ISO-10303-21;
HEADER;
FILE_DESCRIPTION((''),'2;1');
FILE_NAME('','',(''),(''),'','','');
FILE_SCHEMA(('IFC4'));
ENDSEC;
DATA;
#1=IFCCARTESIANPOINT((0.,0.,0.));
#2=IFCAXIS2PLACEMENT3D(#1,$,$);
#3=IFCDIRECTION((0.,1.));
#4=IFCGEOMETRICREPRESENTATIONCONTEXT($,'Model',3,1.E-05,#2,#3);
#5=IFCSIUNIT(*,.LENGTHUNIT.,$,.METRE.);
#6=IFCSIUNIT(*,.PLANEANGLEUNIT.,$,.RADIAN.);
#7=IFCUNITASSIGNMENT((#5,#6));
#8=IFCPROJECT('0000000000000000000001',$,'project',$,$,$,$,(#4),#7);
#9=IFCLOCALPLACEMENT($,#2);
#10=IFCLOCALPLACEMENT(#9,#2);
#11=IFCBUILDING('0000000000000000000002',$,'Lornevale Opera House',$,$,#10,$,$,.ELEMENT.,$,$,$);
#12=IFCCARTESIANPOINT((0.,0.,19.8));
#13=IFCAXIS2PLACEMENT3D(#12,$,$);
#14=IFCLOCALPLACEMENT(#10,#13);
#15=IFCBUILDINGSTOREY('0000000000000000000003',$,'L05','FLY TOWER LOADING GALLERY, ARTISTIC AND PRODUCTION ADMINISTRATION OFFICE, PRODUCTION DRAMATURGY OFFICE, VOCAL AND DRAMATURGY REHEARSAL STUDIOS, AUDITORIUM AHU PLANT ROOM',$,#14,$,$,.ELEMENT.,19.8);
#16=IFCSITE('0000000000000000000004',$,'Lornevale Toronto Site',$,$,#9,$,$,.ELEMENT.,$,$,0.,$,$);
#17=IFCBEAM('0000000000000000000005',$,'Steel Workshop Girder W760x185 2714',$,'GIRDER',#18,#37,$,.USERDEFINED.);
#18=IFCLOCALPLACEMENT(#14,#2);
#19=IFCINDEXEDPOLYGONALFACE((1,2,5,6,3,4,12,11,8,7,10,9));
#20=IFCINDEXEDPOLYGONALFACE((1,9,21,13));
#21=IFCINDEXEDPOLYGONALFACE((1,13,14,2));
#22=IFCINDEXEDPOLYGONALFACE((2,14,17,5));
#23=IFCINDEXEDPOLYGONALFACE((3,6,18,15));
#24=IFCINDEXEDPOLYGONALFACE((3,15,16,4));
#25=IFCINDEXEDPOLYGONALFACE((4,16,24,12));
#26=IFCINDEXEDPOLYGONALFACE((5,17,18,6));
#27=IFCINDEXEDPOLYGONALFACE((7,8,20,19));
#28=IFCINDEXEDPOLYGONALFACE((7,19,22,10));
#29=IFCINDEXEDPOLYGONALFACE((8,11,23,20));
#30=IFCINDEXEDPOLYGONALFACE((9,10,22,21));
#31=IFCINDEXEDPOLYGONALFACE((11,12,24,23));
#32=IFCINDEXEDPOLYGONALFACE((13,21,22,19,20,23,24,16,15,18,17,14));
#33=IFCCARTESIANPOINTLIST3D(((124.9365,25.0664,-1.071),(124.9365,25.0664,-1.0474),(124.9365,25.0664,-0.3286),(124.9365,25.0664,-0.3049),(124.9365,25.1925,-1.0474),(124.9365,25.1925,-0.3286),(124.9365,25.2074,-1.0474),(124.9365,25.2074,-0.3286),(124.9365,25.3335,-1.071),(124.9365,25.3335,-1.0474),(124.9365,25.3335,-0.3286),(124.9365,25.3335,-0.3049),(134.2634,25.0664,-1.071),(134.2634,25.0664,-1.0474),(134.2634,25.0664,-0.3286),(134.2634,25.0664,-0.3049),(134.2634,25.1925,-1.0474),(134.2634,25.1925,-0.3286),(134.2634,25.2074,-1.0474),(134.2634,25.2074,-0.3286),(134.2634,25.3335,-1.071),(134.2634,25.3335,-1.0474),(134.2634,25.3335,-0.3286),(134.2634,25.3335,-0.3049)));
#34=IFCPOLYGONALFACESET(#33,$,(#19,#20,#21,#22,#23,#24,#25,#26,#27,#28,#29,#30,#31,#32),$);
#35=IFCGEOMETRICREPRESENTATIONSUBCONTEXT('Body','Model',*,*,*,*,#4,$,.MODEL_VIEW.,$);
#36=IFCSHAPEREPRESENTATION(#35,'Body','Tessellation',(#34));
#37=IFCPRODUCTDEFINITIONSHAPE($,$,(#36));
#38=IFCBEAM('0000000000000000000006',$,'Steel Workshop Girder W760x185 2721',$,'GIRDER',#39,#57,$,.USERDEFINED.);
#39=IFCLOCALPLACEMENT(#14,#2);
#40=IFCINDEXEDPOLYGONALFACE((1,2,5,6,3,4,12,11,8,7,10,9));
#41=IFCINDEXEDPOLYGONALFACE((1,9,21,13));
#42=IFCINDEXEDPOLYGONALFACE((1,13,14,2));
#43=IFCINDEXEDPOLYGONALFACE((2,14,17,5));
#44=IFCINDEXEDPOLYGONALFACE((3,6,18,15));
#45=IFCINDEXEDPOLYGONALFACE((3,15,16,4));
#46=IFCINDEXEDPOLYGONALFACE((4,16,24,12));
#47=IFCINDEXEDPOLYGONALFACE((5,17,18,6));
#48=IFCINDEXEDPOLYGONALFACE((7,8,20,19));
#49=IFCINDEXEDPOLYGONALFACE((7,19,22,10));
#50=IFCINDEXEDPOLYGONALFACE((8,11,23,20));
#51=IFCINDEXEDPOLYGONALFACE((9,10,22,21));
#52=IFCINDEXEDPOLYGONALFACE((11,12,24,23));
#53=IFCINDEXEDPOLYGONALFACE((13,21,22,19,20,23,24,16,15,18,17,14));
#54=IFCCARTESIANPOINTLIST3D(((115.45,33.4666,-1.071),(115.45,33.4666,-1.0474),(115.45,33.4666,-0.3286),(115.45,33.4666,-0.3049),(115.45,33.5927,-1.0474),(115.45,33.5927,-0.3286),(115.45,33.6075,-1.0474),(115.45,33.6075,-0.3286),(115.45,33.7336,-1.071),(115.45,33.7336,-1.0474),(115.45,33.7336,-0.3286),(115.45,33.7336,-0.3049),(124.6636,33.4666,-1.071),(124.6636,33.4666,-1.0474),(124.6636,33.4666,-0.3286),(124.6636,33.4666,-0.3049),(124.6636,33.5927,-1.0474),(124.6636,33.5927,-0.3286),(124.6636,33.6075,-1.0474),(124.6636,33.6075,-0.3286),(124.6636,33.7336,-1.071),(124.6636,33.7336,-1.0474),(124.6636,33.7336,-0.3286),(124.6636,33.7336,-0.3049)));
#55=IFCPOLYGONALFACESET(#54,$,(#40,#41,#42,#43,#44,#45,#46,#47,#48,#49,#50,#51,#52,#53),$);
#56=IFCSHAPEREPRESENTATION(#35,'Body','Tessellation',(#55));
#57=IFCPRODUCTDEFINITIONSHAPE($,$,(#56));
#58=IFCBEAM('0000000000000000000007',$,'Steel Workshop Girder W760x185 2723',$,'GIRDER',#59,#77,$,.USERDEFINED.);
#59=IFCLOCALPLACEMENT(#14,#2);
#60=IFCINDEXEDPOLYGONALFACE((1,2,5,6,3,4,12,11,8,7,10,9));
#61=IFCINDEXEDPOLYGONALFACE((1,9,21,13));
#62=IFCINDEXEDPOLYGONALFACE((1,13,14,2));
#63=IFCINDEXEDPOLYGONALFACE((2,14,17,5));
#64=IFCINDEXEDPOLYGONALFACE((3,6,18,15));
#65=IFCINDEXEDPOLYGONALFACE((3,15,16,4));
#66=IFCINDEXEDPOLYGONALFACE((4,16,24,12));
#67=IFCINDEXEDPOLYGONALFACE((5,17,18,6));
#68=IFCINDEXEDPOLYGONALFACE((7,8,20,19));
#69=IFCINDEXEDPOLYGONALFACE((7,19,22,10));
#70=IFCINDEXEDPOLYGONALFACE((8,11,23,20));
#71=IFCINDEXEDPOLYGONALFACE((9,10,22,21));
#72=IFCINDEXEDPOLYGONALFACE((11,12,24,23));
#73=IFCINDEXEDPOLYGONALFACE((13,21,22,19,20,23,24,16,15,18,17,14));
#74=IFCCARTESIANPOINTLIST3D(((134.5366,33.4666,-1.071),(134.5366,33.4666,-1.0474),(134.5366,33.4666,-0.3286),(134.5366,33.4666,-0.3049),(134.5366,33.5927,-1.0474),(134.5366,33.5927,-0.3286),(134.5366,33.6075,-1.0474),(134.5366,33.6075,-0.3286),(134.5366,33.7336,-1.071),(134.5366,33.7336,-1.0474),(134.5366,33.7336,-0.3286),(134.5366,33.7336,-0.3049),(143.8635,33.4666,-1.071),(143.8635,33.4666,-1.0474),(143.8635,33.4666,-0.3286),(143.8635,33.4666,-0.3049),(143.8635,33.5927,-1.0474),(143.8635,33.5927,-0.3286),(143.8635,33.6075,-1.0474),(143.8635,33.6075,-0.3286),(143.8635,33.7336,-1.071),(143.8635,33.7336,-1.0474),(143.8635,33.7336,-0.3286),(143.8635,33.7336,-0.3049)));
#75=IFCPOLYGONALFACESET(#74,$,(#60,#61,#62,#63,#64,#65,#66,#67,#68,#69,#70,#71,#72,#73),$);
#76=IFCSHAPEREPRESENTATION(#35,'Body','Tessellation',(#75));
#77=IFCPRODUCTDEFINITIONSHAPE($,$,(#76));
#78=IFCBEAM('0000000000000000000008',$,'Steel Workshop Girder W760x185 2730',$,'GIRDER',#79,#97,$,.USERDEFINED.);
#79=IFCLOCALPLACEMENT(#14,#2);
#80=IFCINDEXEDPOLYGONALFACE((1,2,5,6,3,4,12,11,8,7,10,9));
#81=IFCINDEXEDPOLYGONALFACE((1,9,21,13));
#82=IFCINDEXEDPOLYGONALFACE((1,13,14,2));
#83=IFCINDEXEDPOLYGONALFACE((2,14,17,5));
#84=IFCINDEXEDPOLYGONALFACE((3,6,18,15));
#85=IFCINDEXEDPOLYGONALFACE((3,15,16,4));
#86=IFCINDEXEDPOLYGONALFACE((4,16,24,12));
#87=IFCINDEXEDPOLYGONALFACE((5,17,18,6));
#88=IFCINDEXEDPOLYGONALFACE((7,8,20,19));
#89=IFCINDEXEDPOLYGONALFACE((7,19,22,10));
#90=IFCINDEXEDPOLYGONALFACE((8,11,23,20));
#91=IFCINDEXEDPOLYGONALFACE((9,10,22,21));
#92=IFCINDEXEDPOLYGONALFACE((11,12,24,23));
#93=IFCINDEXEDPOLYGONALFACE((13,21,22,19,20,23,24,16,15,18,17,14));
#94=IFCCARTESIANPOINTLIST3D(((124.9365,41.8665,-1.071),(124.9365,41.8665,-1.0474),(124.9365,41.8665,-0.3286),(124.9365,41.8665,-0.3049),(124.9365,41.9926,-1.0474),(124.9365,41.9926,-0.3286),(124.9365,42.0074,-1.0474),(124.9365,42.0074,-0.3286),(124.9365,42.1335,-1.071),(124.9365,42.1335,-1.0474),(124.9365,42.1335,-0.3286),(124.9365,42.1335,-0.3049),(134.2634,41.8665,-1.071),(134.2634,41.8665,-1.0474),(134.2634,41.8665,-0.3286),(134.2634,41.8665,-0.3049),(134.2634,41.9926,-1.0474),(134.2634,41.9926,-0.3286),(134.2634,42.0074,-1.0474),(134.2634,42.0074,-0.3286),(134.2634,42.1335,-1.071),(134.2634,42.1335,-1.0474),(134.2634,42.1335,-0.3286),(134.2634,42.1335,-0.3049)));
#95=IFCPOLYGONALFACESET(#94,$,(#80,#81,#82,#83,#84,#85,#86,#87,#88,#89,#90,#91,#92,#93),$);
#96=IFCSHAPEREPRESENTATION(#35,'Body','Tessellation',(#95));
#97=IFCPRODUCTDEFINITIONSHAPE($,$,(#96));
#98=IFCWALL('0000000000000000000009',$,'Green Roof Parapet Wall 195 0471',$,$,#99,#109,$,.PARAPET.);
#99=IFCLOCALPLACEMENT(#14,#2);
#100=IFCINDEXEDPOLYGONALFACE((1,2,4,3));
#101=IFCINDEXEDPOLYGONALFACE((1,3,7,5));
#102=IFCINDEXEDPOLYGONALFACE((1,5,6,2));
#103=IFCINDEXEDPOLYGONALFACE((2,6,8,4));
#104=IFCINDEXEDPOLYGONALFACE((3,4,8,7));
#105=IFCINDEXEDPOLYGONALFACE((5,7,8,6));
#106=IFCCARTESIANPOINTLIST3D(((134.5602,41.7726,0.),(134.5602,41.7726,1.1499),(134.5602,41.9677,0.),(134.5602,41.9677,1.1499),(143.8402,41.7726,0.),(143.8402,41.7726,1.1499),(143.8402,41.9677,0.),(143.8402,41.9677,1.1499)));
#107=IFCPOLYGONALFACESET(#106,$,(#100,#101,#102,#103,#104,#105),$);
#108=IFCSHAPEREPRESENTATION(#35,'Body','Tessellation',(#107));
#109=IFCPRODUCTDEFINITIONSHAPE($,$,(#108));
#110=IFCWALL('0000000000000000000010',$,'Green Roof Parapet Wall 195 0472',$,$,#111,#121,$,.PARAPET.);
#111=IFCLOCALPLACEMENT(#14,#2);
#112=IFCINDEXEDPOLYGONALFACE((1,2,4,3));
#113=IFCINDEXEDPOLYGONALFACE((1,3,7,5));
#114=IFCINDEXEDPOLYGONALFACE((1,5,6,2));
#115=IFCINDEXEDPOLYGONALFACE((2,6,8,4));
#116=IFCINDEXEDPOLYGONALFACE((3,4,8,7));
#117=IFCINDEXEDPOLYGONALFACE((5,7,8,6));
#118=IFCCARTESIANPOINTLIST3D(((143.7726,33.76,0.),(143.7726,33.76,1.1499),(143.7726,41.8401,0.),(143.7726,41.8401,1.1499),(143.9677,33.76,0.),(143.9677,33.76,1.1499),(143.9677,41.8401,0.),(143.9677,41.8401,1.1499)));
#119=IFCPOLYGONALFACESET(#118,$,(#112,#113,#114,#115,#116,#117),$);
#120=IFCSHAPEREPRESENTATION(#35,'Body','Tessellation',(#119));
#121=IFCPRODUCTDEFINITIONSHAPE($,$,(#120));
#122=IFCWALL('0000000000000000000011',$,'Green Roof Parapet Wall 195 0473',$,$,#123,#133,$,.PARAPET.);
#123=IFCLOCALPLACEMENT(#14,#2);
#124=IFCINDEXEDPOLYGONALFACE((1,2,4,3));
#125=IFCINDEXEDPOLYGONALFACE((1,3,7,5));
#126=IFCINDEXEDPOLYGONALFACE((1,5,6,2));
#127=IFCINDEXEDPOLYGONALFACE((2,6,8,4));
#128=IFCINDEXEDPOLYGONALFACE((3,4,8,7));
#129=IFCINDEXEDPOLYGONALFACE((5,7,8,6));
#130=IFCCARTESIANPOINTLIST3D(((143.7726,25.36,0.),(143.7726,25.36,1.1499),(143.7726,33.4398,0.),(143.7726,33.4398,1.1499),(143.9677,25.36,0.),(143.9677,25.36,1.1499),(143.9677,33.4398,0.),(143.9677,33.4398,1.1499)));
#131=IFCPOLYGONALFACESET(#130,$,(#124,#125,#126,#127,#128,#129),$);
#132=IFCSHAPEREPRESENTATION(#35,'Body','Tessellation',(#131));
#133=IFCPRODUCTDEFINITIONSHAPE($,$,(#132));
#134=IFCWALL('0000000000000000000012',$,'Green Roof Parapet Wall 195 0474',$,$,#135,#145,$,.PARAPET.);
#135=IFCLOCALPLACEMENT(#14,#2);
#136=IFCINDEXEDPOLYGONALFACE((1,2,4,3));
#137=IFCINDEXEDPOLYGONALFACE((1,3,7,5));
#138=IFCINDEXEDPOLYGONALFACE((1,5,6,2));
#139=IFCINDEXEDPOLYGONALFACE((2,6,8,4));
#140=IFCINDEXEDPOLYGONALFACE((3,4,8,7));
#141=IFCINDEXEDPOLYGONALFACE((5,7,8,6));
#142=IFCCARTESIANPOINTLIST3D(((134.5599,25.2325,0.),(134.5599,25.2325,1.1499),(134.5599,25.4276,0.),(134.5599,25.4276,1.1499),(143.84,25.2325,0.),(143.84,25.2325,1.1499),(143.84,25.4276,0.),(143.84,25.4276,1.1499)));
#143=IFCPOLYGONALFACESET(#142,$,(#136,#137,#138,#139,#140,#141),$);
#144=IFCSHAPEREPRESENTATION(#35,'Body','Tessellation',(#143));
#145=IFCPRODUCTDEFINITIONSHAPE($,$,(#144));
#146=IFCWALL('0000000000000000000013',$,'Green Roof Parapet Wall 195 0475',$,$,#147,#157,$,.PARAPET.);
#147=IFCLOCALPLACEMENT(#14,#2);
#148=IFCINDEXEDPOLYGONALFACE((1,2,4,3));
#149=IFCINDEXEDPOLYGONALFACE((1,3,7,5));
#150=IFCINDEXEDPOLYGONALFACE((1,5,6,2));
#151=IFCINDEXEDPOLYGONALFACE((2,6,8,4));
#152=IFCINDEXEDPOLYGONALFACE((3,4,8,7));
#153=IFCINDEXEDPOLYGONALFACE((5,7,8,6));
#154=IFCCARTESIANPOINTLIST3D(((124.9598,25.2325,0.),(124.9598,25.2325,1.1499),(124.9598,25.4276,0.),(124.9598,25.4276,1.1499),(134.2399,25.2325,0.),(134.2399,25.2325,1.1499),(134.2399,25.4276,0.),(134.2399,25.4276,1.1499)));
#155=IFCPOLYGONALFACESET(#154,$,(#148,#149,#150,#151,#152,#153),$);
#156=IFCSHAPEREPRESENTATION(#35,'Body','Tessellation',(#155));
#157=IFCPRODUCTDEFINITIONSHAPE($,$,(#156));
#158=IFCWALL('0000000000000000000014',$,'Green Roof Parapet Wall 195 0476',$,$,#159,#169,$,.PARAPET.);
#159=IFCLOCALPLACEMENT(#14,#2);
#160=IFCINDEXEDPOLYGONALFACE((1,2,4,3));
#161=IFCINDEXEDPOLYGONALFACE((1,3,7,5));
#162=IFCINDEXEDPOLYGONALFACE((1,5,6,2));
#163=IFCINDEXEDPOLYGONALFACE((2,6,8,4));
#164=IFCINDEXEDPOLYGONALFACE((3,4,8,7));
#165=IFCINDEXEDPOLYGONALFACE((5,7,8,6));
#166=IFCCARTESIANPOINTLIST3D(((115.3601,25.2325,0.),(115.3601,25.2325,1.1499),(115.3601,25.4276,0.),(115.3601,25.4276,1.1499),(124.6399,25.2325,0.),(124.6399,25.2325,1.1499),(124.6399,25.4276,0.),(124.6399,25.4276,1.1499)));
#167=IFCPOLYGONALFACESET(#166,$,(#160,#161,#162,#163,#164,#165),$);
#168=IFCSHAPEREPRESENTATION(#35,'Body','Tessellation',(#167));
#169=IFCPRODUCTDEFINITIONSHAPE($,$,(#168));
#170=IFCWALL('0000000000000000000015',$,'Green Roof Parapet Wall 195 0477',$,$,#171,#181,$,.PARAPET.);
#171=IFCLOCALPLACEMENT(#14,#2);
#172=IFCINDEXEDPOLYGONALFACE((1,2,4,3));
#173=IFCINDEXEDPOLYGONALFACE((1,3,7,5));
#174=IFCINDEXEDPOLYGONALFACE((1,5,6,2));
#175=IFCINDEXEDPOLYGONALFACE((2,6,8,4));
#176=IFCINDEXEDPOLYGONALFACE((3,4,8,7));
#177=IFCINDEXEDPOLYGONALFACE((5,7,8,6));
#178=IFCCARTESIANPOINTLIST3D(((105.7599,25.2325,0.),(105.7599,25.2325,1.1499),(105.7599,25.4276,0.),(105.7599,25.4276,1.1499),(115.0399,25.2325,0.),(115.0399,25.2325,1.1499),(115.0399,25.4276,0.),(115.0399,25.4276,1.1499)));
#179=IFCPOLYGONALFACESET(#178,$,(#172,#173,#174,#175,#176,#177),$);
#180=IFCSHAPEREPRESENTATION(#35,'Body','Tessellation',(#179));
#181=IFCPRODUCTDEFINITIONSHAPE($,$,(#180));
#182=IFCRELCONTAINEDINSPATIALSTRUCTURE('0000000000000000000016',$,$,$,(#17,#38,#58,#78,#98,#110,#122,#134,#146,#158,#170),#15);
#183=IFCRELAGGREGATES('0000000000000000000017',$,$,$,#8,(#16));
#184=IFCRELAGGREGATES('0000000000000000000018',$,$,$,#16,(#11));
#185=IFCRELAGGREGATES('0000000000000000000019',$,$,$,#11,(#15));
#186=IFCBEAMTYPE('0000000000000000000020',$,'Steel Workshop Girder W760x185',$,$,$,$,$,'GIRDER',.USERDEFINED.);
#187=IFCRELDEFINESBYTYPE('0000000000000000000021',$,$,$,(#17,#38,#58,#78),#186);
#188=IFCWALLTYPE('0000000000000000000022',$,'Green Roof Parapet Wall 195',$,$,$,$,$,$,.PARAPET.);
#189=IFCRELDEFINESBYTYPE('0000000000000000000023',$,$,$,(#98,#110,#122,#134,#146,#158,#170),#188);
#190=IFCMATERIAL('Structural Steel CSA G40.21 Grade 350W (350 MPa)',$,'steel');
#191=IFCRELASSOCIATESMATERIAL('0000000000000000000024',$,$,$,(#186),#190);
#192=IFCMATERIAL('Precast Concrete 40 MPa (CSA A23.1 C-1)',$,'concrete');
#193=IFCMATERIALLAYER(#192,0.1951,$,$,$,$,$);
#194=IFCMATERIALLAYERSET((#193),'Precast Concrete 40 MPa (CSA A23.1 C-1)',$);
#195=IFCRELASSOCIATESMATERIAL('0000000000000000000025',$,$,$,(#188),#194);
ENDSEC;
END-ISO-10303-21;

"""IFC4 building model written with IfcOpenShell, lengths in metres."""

from ifc_helpers import new_model, si_unit, direction, frame, frame_2d, origin, origin_2d, place, context, subcontext, project, spatial, rectangle, i_section, extrude, material, layer, layer_set, material_profile, profile_set, type_object, element, save


model = new_model("IFC4")

# Units and contexts
model_context = context("Model", 3, precision=1e-05, world=origin(), true_north=direction((0.0, 1.0)))
body_context = subcontext(model_context, "Body", "Model", "MODEL_VIEW")
ifc_project = project(units=[si_unit("LENGTHUNIT", "METRE"), si_unit("PLANEANGLEUNIT", "RADIAN")], contexts=[model_context])

# Site, building, storey
site_placement = place(None, origin())
site = spatial("IfcSite", under=ifc_project, at=site_placement, Name="Lornevale Toronto Site", CompositionType="ELEMENT", RefElevation=0.0)
building_placement = place(site_placement, origin())
building = spatial("IfcBuilding", under=site, at=building_placement, Name="Lornevale Opera House", CompositionType="ELEMENT")
storey_placement = place(building_placement, frame((0.0, 0.0, 19.8)))
storey = spatial("IfcBuildingStorey", under=building, at=storey_placement, Name="L05", Description="FLY TOWER LOADING GALLERY, ARTISTIC AND PRODUCTION ADMINISTRATION OFFICE, PRODUCTION DRAMATURGY OFFICE, VOCAL AND DRAMATURGY REHEARSAL STUDIOS, AUDITORIUM AHU PLANT ROOM", CompositionType="ELEMENT", Elevation=19.8)

# Beams
ifc_material_1 = material(Name="Structural Steel CSA G40.21 Grade 350W (350 MPa)", Category="steel")
ifc_material_profile_1 = material_profile(ifc_material_1, i_section(OverallWidth=0.2671, OverallDepth=0.7661, WebThickness=0.0149, FlangeThickness=0.0237, at=origin_2d()), Name="W760x185")
ifc_profile_set_1 = profile_set([ifc_material_profile_1], Name="Structural Steel CSA G40.21 Grade 350W (350 MPa)")
beam_type_1 = type_object("IfcBeamType", Name="Steel Workshop Girder W760x185", ElementType="GIRDER", PredefinedType="USERDEFINED", material=ifc_profile_set_1)
beam_1_placement = place(storey_placement, frame((124.9365, 25.2, -0.688), z_axis=(1.0, 0.0, 0.0), x_axis=(0.0, 1.0, 0.0)))
element("IfcBeam", 1, at=beam_1_placement, inside=storey, type_object=beam_type_1, Name="Steel Workshop Girder W760x185 2714", ObjectType="GIRDER", PredefinedType="USERDEFINED", context=body_context, shape_type="SweptSolid", body=[
    extrude(i_section(OverallWidth=0.2671, OverallDepth=0.7661, WebThickness=0.0149, FlangeThickness=0.0237, at=origin_2d()), origin(), (0.0, 0.0, 1.0), 9.3269),
])
beam_2_placement = place(storey_placement, frame((115.45, 33.6001, -0.688), z_axis=(1.0, 0.0, 0.0), x_axis=(0.0, 1.0, 0.0)))
element("IfcBeam", 2, at=beam_2_placement, inside=storey, type_object=beam_type_1, Name="Steel Workshop Girder W760x185 2721", ObjectType="GIRDER", PredefinedType="USERDEFINED", context=body_context, shape_type="SweptSolid", body=[
    extrude(i_section(OverallWidth=0.2671, OverallDepth=0.7661, WebThickness=0.0149, FlangeThickness=0.0237, at=origin_2d()), origin(), (0.0, 0.0, 1.0), 9.2136),
])
for number, where, z_axis, x_axis, name in (
    (3, (134.5366, 33.6001, -0.688), (1.0, 0.0, 0.0), (0.0, 1.0, 0.0), "Steel Workshop Girder W760x185 2723"),
    (4, (124.9365, 42.0, -0.688), (1.0, 0.0, 0.0), (0.0, 1.0, 0.0), "Steel Workshop Girder W760x185 2730"),
):
    element("IfcBeam", number, at=place(storey_placement, frame(where, z_axis=z_axis, x_axis=x_axis)), inside=storey, type_object=beam_type_1, Name=name, ObjectType="GIRDER", PredefinedType="USERDEFINED", context=body_context, shape_type="SweptSolid", body=[
        extrude(i_section(OverallWidth=0.2671, OverallDepth=0.7661, WebThickness=0.0149, FlangeThickness=0.0237, at=origin_2d()), origin(), (0.0, 0.0, 1.0), 9.3269),
    ])

# Walls
ifc_material_2 = material(Name="Precast Concrete 40 MPa (CSA A23.1 C-1)", Category="concrete")
ifc_layer = layer(ifc_material_2, 0.1951)
ifc_layer_set = layer_set([ifc_layer], Name="Precast Concrete 40 MPa (CSA A23.1 C-1)")
wall_type = type_object("IfcWallType", Name="Green Roof Parapet Wall 195", PredefinedType="PARAPET", material=ifc_layer_set)
wall_1_placement = place(storey_placement, frame((134.5601, 41.8701, 0.0), z_axis=(0.0, 0.0, 1.0), x_axis=(1.0, 0.0, 0.0)))
element("IfcWall", 5, at=wall_1_placement, inside=storey, type_object=wall_type, Name="Green Roof Parapet Wall 195 0471", PredefinedType="PARAPET", context=body_context, shape_type="SweptSolid", body=[
    extrude(rectangle(XDim=9.28, YDim=0.1951, at=frame_2d((4.6401, 0.0))), origin(), (0.0, 0.0, 1.0), 1.1499),
])
wall_2_placement = place(storey_placement, frame((143.8701, 41.8401, 0.0), z_axis=(0.0, 0.0, 1.0), x_axis=(0.0, -1.0, 0.0)))
element("IfcWall", 6, at=wall_2_placement, inside=storey, type_object=wall_type, Name="Green Roof Parapet Wall 195 0472", PredefinedType="PARAPET", context=body_context, shape_type="SweptSolid", body=[
    extrude(rectangle(XDim=8.0801, YDim=0.1951, at=frame_2d((4.04, 0.0))), origin(), (0.0, 0.0, 1.0), 1.1499),
])
wall_3_placement = place(storey_placement, frame((143.8701, 33.4399, 0.0), z_axis=(0.0, 0.0, 1.0), x_axis=(0.0, -1.0, 0.0)))
element("IfcWall", 7, at=wall_3_placement, inside=storey, type_object=wall_type, Name="Green Roof Parapet Wall 195 0473", PredefinedType="PARAPET", context=body_context, shape_type="SweptSolid", body=[
    extrude(rectangle(XDim=8.0798, YDim=0.1951, at=frame_2d((4.04, 0.0))), origin(), (0.0, 0.0, 1.0), 1.1499),
])
for number, where, z_axis, x_axis, name in (
    (8, (143.8401, 25.3301, 0.0), (0.0, 0.0, 1.0), (-1.0, 0.0, 0.0), "Green Roof Parapet Wall 195 0474"),
    (9, (134.24, 25.3301, 0.0), (0.0, 0.0, 1.0), (-1.0, 0.0, 0.0), "Green Roof Parapet Wall 195 0475"),
):
    element("IfcWall", number, at=place(storey_placement, frame(where, z_axis=z_axis, x_axis=x_axis)), inside=storey, type_object=wall_type, Name=name, PredefinedType="PARAPET", context=body_context, shape_type="SweptSolid", body=[
        extrude(rectangle(XDim=9.28, YDim=0.1951, at=frame_2d((4.6401, 0.0))), origin(), (0.0, 0.0, 1.0), 1.1499),
    ])
wall_4_placement = place(storey_placement, frame((124.6399, 25.3301, 0.0), z_axis=(0.0, 0.0, 1.0), x_axis=(-1.0, 0.0, 0.0)))
element("IfcWall", 10, at=wall_4_placement, inside=storey, type_object=wall_type, Name="Green Roof Parapet Wall 195 0476", PredefinedType="PARAPET", context=body_context, shape_type="SweptSolid", body=[
    extrude(rectangle(XDim=9.2798, YDim=0.1951, at=frame_2d((4.6399, 0.0))), origin(), (0.0, 0.0, 1.0), 1.1499),
])
wall_5_placement = place(storey_placement, frame((115.04, 25.3301, 0.0), z_axis=(0.0, 0.0, 1.0), x_axis=(-1.0, 0.0, 0.0)))
element("IfcWall", 11, at=wall_5_placement, inside=storey, type_object=wall_type, Name="Green Roof Parapet Wall 195 0477", PredefinedType="PARAPET", context=body_context, shape_type="SweptSolid", body=[
    extrude(rectangle(XDim=9.28, YDim=0.1951, at=frame_2d((4.6401, 0.0))), origin(), (0.0, 0.0, 1.0), 1.1499),
])

save(model, "model.ifc")
